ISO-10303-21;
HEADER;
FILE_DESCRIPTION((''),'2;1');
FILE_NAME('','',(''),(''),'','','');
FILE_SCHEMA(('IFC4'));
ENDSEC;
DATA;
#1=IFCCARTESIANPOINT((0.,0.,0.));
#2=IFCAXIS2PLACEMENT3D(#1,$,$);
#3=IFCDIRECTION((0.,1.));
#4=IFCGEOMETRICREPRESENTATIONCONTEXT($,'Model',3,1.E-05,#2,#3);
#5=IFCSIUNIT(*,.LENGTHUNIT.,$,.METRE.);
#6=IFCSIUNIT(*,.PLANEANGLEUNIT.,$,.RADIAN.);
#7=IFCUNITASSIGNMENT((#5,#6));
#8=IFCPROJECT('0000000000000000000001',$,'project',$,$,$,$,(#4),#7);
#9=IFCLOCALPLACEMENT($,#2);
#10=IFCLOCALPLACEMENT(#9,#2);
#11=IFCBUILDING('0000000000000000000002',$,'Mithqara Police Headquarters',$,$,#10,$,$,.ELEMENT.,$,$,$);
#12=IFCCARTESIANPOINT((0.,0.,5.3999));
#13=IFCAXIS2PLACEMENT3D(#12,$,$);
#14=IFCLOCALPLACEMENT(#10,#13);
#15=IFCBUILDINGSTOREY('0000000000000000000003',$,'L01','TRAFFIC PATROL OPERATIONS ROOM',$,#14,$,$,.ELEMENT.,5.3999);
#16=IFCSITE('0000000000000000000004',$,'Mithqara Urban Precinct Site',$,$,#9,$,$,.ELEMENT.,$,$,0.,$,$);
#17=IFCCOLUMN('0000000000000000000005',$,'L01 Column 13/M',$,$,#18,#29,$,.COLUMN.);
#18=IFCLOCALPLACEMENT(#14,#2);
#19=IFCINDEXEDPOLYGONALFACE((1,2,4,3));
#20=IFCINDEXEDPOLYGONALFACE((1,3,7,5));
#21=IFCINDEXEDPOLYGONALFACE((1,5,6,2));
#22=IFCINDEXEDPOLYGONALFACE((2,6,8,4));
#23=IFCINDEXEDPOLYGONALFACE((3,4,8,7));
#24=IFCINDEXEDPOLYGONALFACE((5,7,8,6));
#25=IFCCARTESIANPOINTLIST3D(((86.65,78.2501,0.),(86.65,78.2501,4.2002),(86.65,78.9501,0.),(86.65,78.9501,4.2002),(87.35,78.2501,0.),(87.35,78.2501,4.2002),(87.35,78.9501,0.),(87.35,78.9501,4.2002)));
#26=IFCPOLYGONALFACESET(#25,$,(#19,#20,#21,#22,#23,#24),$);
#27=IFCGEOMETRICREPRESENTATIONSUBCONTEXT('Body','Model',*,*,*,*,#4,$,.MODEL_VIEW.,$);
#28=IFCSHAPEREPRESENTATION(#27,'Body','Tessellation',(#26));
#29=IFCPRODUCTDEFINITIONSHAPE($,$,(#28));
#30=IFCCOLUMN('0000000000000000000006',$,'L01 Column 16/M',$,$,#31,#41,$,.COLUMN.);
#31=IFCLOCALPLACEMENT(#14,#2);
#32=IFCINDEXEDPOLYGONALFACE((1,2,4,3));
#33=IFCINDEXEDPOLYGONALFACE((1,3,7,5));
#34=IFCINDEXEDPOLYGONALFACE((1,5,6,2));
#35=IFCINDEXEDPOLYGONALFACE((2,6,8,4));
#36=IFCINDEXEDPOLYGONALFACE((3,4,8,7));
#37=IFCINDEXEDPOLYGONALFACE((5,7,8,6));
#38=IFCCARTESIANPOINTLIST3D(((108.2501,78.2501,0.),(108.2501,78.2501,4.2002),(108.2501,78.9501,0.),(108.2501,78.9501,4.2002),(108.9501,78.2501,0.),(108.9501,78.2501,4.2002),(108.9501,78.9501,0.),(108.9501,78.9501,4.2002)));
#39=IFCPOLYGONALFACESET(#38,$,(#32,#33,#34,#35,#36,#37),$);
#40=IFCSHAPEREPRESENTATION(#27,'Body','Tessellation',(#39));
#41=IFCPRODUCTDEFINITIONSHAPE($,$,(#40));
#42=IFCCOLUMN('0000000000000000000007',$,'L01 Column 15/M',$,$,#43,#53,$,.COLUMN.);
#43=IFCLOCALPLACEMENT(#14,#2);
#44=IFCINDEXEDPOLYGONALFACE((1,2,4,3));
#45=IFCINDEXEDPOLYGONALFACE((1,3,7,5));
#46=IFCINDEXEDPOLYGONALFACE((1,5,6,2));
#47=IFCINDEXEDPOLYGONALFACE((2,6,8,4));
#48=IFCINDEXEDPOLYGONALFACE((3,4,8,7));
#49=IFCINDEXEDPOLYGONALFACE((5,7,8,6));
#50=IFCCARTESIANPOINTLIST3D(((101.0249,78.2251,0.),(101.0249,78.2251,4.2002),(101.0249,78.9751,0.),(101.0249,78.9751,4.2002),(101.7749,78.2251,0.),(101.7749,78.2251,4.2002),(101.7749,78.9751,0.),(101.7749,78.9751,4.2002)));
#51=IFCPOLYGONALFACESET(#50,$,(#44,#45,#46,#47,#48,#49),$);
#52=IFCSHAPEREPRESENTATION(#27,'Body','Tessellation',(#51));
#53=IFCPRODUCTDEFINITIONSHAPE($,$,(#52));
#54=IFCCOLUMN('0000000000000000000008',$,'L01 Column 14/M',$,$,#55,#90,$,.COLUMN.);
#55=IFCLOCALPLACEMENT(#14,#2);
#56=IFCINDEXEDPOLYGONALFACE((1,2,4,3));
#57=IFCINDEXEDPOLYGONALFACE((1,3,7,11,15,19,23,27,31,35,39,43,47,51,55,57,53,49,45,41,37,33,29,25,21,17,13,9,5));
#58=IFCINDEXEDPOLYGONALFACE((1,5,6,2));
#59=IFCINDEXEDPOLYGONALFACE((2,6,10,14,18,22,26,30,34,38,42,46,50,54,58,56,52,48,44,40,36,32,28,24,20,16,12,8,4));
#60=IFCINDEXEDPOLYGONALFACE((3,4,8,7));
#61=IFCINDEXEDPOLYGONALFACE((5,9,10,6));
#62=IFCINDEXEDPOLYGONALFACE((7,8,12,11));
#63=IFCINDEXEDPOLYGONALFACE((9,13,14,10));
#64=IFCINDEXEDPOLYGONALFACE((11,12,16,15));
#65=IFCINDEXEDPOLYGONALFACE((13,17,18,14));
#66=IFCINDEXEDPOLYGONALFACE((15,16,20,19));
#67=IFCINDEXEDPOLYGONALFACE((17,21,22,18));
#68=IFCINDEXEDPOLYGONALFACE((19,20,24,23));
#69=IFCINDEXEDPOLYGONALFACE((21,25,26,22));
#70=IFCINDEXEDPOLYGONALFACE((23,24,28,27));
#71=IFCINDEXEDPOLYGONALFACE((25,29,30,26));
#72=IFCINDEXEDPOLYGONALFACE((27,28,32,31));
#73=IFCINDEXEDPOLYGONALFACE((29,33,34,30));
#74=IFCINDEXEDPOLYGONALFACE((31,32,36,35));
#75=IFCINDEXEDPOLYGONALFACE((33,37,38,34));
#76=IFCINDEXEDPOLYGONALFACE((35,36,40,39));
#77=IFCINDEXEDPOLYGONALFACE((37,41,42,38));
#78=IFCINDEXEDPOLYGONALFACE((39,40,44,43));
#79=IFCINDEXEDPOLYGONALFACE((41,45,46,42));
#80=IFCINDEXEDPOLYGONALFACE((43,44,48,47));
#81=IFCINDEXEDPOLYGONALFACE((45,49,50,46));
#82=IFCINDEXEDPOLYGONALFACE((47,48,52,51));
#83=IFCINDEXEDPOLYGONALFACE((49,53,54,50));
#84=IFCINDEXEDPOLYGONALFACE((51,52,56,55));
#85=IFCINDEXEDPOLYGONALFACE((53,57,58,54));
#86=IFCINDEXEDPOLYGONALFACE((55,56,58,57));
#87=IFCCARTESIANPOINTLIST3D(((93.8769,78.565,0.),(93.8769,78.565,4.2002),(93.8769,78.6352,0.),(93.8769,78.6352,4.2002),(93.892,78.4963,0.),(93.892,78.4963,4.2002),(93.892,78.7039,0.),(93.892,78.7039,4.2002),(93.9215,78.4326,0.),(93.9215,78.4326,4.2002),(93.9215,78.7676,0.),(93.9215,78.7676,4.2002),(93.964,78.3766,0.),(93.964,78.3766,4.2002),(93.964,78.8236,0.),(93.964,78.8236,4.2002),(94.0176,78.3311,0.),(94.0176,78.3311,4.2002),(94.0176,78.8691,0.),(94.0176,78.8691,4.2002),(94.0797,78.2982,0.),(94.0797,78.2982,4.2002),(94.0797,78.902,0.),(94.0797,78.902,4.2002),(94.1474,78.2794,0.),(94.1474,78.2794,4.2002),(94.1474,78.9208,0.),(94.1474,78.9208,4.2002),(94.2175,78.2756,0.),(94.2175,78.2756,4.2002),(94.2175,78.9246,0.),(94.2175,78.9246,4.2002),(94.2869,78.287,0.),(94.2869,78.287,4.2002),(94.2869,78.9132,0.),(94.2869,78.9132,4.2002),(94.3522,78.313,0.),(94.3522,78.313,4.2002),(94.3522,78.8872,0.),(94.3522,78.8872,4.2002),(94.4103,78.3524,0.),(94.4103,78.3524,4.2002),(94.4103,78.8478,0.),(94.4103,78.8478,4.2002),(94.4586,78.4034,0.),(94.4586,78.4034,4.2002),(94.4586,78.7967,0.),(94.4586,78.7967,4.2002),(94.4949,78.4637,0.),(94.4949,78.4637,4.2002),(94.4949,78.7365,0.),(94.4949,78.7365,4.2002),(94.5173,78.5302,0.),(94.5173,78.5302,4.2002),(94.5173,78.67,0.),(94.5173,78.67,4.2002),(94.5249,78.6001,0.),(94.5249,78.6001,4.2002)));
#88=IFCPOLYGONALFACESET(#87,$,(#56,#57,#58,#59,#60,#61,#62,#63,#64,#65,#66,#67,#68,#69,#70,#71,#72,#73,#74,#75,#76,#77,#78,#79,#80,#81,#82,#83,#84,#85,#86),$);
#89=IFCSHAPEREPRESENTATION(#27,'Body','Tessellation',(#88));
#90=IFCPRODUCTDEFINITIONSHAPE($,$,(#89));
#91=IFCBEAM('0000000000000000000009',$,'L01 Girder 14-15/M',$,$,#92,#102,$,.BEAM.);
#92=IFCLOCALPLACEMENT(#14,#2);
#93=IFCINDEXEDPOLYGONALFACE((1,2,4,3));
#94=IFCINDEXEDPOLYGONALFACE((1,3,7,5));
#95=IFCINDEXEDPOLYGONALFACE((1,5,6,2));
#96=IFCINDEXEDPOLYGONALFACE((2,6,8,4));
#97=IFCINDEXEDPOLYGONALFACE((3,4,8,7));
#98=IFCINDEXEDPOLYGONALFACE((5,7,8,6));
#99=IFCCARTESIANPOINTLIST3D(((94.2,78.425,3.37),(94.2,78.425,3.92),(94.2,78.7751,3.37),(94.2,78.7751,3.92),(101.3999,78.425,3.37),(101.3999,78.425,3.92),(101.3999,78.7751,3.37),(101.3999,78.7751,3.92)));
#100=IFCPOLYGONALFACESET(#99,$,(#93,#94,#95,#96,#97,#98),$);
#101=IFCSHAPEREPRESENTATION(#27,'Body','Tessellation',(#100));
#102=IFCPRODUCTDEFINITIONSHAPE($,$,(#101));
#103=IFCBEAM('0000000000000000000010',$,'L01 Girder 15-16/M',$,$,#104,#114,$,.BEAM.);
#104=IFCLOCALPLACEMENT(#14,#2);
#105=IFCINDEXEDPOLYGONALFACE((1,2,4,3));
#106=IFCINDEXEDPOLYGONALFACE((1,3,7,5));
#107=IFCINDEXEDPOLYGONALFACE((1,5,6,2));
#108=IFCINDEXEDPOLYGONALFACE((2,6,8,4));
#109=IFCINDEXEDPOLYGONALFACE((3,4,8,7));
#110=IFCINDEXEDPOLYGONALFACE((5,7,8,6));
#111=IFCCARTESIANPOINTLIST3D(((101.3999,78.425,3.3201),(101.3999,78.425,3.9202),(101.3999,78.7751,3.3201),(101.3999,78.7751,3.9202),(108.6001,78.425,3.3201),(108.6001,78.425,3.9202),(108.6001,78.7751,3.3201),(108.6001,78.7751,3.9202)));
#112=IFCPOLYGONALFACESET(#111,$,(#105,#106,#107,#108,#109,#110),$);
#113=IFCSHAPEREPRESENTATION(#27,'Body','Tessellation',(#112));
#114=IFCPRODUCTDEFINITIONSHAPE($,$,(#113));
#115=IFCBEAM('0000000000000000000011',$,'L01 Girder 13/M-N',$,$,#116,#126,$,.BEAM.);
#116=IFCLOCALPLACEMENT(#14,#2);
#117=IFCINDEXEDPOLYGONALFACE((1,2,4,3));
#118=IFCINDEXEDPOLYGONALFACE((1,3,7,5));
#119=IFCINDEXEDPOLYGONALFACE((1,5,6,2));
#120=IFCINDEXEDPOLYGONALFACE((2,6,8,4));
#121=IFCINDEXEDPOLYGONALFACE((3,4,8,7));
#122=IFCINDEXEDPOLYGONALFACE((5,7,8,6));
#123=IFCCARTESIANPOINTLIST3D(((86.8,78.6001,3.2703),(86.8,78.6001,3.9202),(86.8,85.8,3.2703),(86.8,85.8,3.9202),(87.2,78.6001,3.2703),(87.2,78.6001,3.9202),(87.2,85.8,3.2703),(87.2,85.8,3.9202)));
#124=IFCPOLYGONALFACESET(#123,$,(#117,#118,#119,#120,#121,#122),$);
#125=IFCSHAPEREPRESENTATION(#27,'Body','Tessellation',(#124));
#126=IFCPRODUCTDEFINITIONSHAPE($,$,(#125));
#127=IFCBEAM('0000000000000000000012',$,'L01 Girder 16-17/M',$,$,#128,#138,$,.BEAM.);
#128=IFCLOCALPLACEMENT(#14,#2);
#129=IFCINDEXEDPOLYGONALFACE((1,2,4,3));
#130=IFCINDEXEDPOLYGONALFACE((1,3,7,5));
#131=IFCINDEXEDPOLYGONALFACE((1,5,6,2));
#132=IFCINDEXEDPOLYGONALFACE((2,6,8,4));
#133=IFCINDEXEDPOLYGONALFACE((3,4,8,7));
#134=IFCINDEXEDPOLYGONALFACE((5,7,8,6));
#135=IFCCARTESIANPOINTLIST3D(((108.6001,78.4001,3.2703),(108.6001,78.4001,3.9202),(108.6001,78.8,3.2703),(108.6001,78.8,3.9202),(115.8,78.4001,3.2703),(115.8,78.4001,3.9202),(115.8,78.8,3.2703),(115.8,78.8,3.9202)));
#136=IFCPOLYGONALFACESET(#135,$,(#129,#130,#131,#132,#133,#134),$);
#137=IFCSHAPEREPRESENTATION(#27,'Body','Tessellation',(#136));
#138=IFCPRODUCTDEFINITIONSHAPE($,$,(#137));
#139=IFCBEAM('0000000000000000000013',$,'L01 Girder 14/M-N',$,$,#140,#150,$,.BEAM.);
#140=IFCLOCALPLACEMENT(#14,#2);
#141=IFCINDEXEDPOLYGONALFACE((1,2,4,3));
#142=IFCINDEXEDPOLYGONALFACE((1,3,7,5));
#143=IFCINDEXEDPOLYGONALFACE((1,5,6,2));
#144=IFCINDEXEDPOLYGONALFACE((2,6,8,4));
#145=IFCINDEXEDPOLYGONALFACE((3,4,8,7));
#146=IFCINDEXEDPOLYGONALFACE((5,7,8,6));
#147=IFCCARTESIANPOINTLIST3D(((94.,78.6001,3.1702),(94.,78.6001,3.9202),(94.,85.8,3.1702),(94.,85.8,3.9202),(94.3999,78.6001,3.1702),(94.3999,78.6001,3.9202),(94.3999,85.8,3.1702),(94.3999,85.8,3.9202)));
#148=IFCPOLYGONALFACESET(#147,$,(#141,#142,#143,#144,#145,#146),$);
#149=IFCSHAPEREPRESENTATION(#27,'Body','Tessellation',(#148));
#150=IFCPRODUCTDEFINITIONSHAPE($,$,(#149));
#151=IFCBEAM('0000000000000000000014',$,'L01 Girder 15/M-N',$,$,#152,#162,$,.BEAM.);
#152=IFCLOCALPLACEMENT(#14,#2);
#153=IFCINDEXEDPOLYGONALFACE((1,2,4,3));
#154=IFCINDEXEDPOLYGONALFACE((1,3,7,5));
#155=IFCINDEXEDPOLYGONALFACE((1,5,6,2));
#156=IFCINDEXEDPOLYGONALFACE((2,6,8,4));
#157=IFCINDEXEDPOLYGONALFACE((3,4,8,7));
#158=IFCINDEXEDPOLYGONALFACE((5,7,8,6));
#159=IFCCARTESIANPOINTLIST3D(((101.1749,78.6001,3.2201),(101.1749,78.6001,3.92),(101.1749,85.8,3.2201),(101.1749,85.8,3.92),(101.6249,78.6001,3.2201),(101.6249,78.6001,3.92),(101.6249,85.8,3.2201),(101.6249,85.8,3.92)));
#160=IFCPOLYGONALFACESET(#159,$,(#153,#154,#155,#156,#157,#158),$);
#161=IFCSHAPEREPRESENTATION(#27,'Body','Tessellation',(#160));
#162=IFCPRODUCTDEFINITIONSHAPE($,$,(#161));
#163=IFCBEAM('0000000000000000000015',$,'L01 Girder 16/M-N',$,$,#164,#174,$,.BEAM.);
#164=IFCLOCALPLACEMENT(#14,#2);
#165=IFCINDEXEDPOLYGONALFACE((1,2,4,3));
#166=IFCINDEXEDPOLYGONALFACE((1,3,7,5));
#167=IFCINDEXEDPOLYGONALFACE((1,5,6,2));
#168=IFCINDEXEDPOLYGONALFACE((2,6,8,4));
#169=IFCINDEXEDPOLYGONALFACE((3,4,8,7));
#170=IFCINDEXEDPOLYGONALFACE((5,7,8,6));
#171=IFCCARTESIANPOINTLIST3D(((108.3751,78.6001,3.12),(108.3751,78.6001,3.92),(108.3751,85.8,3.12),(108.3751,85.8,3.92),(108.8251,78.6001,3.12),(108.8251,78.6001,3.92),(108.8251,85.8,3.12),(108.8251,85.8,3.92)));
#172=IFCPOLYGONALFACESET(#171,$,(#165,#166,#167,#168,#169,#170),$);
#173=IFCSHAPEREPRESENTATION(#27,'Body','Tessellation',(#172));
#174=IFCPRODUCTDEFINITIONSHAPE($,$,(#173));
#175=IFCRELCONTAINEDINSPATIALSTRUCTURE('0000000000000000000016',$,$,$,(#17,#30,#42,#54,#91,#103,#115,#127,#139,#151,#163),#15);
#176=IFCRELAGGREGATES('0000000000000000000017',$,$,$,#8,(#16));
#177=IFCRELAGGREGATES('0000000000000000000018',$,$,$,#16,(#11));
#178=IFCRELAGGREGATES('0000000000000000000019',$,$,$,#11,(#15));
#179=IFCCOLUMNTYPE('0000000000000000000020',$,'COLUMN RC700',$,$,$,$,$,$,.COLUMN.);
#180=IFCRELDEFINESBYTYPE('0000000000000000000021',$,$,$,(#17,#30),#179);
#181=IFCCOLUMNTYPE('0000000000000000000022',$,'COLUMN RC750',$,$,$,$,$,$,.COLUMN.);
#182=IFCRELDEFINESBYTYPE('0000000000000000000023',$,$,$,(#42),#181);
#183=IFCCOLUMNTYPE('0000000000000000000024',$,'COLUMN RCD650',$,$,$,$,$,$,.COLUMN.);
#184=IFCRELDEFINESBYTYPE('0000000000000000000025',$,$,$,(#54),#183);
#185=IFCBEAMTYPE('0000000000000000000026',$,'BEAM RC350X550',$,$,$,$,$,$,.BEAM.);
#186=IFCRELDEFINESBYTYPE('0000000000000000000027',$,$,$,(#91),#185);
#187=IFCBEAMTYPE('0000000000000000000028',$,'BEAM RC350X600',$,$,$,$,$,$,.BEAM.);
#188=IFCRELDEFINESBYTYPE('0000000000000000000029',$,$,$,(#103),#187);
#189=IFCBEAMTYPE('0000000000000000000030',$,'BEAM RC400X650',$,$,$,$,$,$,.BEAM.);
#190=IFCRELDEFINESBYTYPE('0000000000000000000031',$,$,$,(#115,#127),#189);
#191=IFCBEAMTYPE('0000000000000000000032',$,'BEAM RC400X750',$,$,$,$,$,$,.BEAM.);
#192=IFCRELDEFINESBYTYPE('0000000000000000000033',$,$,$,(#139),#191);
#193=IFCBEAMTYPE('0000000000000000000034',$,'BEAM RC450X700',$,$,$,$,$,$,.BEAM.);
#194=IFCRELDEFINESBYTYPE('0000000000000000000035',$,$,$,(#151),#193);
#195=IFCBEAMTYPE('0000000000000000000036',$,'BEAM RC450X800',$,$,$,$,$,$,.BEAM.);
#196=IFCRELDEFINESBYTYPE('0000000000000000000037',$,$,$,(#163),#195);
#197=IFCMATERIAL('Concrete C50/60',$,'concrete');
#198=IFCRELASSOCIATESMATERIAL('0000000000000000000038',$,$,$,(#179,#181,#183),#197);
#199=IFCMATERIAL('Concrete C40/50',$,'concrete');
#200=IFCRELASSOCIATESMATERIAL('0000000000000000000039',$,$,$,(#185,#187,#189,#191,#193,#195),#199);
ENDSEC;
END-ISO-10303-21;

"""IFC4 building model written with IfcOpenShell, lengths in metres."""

from ifc_helpers import new_model, si_unit, direction, frame, origin, origin_2d, place, context, subcontext, project, spatial, rectangle, circle, extrude, material, material_profile, profile_set, type_object, element, save


model = new_model("IFC4")

# Units and contexts
model_context = context("Model", 3, precision=1e-05, world=origin(), true_north=direction((0.0, 1.0)))
body_context = subcontext(model_context, "Body", "Model", "MODEL_VIEW")
ifc_project = project(units=[si_unit("LENGTHUNIT", "METRE"), si_unit("PLANEANGLEUNIT", "RADIAN")], contexts=[model_context])

# Site, building, storey
site_placement = place(None, origin())
site = spatial("IfcSite", under=ifc_project, at=site_placement, Name="Mithqara Urban Precinct Site", CompositionType="ELEMENT", RefElevation=0.0)
building_placement = place(site_placement, origin())
building = spatial("IfcBuilding", under=site, at=building_placement, Name="Mithqara Police Headquarters", CompositionType="ELEMENT")
storey_placement = place(building_placement, frame((0.0, 0.0, 5.3999)))
storey = spatial("IfcBuildingStorey", under=building, at=storey_placement, Name="L01", Description="TRAFFIC PATROL OPERATIONS ROOM", CompositionType="ELEMENT", Elevation=5.3999)

# Columns
ifc_material_1 = material(Name="Concrete C50/60", Category="concrete")
ifc_material_profile_1 = material_profile(ifc_material_1, rectangle(XDim=0.7, YDim=0.7, at=origin_2d()), Name="RC 700x700")
ifc_profile_set_1 = profile_set([ifc_material_profile_1], Name="Concrete C50/60")
column_type_1 = type_object("IfcColumnType", Name="COLUMN RC700", PredefinedType="COLUMN", material=ifc_profile_set_1)
for number, where, z_axis, x_axis, name in (
    (1, (87.0, 78.6001, 0.0), (0.0, 0.0, 1.0), (1.0, 0.0, 0.0), "L01 Column 13/M"),
    (2, (108.6001, 78.6001, 0.0), (0.0, 0.0, 1.0), (1.0, 0.0, 0.0), "L01 Column 16/M"),
):
    element("IfcColumn", number, at=place(storey_placement, frame(where, z_axis=z_axis, x_axis=x_axis)), inside=storey, type_object=column_type_1, Name=name, PredefinedType="COLUMN", context=body_context, shape_type="SweptSolid", body=[
        extrude(rectangle(XDim=0.7, YDim=0.7, at=origin_2d()), origin(), (0.0, 0.0, 1.0), 4.2002),
    ])
ifc_material_profile_2 = material_profile(ifc_material_1, rectangle(XDim=0.75, YDim=0.75, at=origin_2d()), Name="RC 750x750")
ifc_profile_set_2 = profile_set([ifc_material_profile_2], Name="Concrete C50/60")
column_type_2 = type_object("IfcColumnType", Name="COLUMN RC750", PredefinedType="COLUMN", material=ifc_profile_set_2)
column_1_placement = place(storey_placement, frame((101.3999, 78.6001, 0.0), z_axis=(0.0, 0.0, 1.0), x_axis=(1.0, 0.0, 0.0)))
element("IfcColumn", 3, at=column_1_placement, inside=storey, type_object=column_type_2, Name="L01 Column 15/M", PredefinedType="COLUMN", context=body_context, shape_type="SweptSolid", body=[
    extrude(rectangle(XDim=0.75, YDim=0.75, at=origin_2d()), origin(), (0.0, 0.0, 1.0), 4.2002),
])
ifc_material_profile_3 = material_profile(ifc_material_1, circle(Radius=0.325, at=origin_2d()), Name="RCD 650")
ifc_profile_set_3 = profile_set([ifc_material_profile_3], Name="Concrete C50/60")
column_type_3 = type_object("IfcColumnType", Name="COLUMN RCD650", PredefinedType="COLUMN", material=ifc_profile_set_3)
column_2_placement = place(storey_placement, frame((94.2, 78.6001, 0.0), z_axis=(0.0, 0.0, 1.0), x_axis=(1.0, 0.0, 0.0)))
element("IfcColumn", 4, at=column_2_placement, inside=storey, type_object=column_type_3, Name="L01 Column 14/M", PredefinedType="COLUMN", context=body_context, shape_type="SweptSolid", body=[
    extrude(circle(Radius=0.325, at=origin_2d()), origin(), (0.0, 0.0, 1.0), 4.2002),
])

# Beams
ifc_material_2 = material(Name="Concrete C40/50", Category="concrete")
ifc_material_profile_4 = material_profile(ifc_material_2, rectangle(XDim=0.3501, YDim=0.55, at=origin_2d()), Name="RC 350x550")
ifc_profile_set_4 = profile_set([ifc_material_profile_4], Name="Concrete C40/50")
beam_type_1 = type_object("IfcBeamType", Name="BEAM RC350X550", PredefinedType="BEAM", material=ifc_profile_set_4)
beam_1_placement = place(storey_placement, frame((94.2, 78.6001, 3.645), z_axis=(1.0, 0.0, 0.0), x_axis=(0.0, 1.0, 0.0)))
element("IfcBeam", 5, at=beam_1_placement, inside=storey, type_object=beam_type_1, Name="L01 Girder 14-15/M", PredefinedType="BEAM", context=body_context, shape_type="SweptSolid", body=[
    extrude(rectangle(XDim=0.3501, YDim=0.55, at=origin_2d()), origin(), (0.0, 0.0, 1.0), 7.2),
])
ifc_material_profile_5 = material_profile(ifc_material_2, rectangle(XDim=0.3501, YDim=0.6001, at=origin_2d()), Name="RC 350x600")
ifc_profile_set_5 = profile_set([ifc_material_profile_5], Name="Concrete C40/50")
beam_type_2 = type_object("IfcBeamType", Name="BEAM RC350X600", PredefinedType="BEAM", material=ifc_profile_set_5)
beam_2_placement = place(storey_placement, frame((101.3999, 78.6001, 3.6201), z_axis=(1.0, 0.0, 0.0), x_axis=(0.0, 1.0, 0.0)))
element("IfcBeam", 6, at=beam_2_placement, inside=storey, type_object=beam_type_2, Name="L01 Girder 15-16/M", PredefinedType="BEAM", context=body_context, shape_type="SweptSolid", body=[
    extrude(rectangle(XDim=0.3501, YDim=0.6001, at=origin_2d()), origin(), (0.0, 0.0, 1.0), 7.2002),
])
ifc_material_profile_6 = material_profile(ifc_material_2, rectangle(XDim=0.3999, YDim=0.6499, at=origin_2d()), Name="RC 400x650")
ifc_profile_set_6 = profile_set([ifc_material_profile_6], Name="Concrete C40/50")
beam_type_3 = type_object("IfcBeamType", Name="BEAM RC400X650", PredefinedType="BEAM", material=ifc_profile_set_6)
for number, where, z_axis, x_axis, name in (
    (7, (87.0, 78.6001, 3.5952), (0.0, 1.0, 0.0), (-1.0, 0.0, 0.0), "L01 Girder 13/M-N"),
    (8, (108.6001, 78.6001, 3.5952), (1.0, 0.0, 0.0), (0.0, 1.0, 0.0), "L01 Girder 16-17/M"),
):
    element("IfcBeam", number, at=place(storey_placement, frame(where, z_axis=z_axis, x_axis=x_axis)), inside=storey, type_object=beam_type_3, Name=name, PredefinedType="BEAM", context=body_context, shape_type="SweptSolid", body=[
        extrude(rectangle(XDim=0.3999, YDim=0.6499, at=origin_2d()), origin(), (0.0, 0.0, 1.0), 7.2),
    ])
ifc_material_profile_7 = material_profile(ifc_material_2, rectangle(XDim=0.3999, YDim=0.75, at=origin_2d()), Name="RC 400x750")
ifc_profile_set_7 = profile_set([ifc_material_profile_7], Name="Concrete C40/50")
beam_type_4 = type_object("IfcBeamType", Name="BEAM RC400X750", PredefinedType="BEAM", material=ifc_profile_set_7)
beam_3_placement = place(storey_placement, frame((94.2, 78.6001, 3.5452), z_axis=(0.0, 1.0, 0.0), x_axis=(-1.0, 0.0, 0.0)))
element("IfcBeam", 9, at=beam_3_placement, inside=storey, type_object=beam_type_4, Name="L01 Girder 14/M-N", PredefinedType="BEAM", context=body_context, shape_type="SweptSolid", body=[
    extrude(rectangle(XDim=0.3999, YDim=0.75, at=origin_2d()), origin(), (0.0, 0.0, 1.0), 7.2),
])
ifc_material_profile_8 = material_profile(ifc_material_2, rectangle(XDim=0.45, YDim=0.7, at=origin_2d()), Name="RC 450x700")
ifc_profile_set_8 = profile_set([ifc_material_profile_8], Name="Concrete C40/50")
beam_type_5 = type_object("IfcBeamType", Name="BEAM RC450X700", PredefinedType="BEAM", material=ifc_profile_set_8)
beam_4_placement = place(storey_placement, frame((101.3999, 78.6001, 3.5701), z_axis=(0.0, 1.0, 0.0), x_axis=(-1.0, 0.0, 0.0)))
element("IfcBeam", 10, at=beam_4_placement, inside=storey, type_object=beam_type_5, Name="L01 Girder 15/M-N", PredefinedType="BEAM", context=body_context, shape_type="SweptSolid", body=[
    extrude(rectangle(XDim=0.45, YDim=0.7, at=origin_2d()), origin(), (0.0, 0.0, 1.0), 7.2),
])
ifc_material_profile_9 = material_profile(ifc_material_2, rectangle(XDim=0.45, YDim=0.8, at=origin_2d()), Name="RC 450x800")
ifc_profile_set_9 = profile_set([ifc_material_profile_9], Name="Concrete C40/50")
beam_type_6 = type_object("IfcBeamType", Name="BEAM RC450X800", PredefinedType="BEAM", material=ifc_profile_set_9)
beam_5_placement = place(storey_placement, frame((108.6001, 78.6001, 3.52), z_axis=(0.0, 1.0, 0.0), x_axis=(-1.0, 0.0, 0.0)))
element("IfcBeam", 11, at=beam_5_placement, inside=storey, type_object=beam_type_6, Name="L01 Girder 16/M-N", PredefinedType="BEAM", context=body_context, shape_type="SweptSolid", body=[
    extrude(rectangle(XDim=0.45, YDim=0.8, at=origin_2d()), origin(), (0.0, 0.0, 1.0), 7.2),
])

save(model, "model.ifc")
